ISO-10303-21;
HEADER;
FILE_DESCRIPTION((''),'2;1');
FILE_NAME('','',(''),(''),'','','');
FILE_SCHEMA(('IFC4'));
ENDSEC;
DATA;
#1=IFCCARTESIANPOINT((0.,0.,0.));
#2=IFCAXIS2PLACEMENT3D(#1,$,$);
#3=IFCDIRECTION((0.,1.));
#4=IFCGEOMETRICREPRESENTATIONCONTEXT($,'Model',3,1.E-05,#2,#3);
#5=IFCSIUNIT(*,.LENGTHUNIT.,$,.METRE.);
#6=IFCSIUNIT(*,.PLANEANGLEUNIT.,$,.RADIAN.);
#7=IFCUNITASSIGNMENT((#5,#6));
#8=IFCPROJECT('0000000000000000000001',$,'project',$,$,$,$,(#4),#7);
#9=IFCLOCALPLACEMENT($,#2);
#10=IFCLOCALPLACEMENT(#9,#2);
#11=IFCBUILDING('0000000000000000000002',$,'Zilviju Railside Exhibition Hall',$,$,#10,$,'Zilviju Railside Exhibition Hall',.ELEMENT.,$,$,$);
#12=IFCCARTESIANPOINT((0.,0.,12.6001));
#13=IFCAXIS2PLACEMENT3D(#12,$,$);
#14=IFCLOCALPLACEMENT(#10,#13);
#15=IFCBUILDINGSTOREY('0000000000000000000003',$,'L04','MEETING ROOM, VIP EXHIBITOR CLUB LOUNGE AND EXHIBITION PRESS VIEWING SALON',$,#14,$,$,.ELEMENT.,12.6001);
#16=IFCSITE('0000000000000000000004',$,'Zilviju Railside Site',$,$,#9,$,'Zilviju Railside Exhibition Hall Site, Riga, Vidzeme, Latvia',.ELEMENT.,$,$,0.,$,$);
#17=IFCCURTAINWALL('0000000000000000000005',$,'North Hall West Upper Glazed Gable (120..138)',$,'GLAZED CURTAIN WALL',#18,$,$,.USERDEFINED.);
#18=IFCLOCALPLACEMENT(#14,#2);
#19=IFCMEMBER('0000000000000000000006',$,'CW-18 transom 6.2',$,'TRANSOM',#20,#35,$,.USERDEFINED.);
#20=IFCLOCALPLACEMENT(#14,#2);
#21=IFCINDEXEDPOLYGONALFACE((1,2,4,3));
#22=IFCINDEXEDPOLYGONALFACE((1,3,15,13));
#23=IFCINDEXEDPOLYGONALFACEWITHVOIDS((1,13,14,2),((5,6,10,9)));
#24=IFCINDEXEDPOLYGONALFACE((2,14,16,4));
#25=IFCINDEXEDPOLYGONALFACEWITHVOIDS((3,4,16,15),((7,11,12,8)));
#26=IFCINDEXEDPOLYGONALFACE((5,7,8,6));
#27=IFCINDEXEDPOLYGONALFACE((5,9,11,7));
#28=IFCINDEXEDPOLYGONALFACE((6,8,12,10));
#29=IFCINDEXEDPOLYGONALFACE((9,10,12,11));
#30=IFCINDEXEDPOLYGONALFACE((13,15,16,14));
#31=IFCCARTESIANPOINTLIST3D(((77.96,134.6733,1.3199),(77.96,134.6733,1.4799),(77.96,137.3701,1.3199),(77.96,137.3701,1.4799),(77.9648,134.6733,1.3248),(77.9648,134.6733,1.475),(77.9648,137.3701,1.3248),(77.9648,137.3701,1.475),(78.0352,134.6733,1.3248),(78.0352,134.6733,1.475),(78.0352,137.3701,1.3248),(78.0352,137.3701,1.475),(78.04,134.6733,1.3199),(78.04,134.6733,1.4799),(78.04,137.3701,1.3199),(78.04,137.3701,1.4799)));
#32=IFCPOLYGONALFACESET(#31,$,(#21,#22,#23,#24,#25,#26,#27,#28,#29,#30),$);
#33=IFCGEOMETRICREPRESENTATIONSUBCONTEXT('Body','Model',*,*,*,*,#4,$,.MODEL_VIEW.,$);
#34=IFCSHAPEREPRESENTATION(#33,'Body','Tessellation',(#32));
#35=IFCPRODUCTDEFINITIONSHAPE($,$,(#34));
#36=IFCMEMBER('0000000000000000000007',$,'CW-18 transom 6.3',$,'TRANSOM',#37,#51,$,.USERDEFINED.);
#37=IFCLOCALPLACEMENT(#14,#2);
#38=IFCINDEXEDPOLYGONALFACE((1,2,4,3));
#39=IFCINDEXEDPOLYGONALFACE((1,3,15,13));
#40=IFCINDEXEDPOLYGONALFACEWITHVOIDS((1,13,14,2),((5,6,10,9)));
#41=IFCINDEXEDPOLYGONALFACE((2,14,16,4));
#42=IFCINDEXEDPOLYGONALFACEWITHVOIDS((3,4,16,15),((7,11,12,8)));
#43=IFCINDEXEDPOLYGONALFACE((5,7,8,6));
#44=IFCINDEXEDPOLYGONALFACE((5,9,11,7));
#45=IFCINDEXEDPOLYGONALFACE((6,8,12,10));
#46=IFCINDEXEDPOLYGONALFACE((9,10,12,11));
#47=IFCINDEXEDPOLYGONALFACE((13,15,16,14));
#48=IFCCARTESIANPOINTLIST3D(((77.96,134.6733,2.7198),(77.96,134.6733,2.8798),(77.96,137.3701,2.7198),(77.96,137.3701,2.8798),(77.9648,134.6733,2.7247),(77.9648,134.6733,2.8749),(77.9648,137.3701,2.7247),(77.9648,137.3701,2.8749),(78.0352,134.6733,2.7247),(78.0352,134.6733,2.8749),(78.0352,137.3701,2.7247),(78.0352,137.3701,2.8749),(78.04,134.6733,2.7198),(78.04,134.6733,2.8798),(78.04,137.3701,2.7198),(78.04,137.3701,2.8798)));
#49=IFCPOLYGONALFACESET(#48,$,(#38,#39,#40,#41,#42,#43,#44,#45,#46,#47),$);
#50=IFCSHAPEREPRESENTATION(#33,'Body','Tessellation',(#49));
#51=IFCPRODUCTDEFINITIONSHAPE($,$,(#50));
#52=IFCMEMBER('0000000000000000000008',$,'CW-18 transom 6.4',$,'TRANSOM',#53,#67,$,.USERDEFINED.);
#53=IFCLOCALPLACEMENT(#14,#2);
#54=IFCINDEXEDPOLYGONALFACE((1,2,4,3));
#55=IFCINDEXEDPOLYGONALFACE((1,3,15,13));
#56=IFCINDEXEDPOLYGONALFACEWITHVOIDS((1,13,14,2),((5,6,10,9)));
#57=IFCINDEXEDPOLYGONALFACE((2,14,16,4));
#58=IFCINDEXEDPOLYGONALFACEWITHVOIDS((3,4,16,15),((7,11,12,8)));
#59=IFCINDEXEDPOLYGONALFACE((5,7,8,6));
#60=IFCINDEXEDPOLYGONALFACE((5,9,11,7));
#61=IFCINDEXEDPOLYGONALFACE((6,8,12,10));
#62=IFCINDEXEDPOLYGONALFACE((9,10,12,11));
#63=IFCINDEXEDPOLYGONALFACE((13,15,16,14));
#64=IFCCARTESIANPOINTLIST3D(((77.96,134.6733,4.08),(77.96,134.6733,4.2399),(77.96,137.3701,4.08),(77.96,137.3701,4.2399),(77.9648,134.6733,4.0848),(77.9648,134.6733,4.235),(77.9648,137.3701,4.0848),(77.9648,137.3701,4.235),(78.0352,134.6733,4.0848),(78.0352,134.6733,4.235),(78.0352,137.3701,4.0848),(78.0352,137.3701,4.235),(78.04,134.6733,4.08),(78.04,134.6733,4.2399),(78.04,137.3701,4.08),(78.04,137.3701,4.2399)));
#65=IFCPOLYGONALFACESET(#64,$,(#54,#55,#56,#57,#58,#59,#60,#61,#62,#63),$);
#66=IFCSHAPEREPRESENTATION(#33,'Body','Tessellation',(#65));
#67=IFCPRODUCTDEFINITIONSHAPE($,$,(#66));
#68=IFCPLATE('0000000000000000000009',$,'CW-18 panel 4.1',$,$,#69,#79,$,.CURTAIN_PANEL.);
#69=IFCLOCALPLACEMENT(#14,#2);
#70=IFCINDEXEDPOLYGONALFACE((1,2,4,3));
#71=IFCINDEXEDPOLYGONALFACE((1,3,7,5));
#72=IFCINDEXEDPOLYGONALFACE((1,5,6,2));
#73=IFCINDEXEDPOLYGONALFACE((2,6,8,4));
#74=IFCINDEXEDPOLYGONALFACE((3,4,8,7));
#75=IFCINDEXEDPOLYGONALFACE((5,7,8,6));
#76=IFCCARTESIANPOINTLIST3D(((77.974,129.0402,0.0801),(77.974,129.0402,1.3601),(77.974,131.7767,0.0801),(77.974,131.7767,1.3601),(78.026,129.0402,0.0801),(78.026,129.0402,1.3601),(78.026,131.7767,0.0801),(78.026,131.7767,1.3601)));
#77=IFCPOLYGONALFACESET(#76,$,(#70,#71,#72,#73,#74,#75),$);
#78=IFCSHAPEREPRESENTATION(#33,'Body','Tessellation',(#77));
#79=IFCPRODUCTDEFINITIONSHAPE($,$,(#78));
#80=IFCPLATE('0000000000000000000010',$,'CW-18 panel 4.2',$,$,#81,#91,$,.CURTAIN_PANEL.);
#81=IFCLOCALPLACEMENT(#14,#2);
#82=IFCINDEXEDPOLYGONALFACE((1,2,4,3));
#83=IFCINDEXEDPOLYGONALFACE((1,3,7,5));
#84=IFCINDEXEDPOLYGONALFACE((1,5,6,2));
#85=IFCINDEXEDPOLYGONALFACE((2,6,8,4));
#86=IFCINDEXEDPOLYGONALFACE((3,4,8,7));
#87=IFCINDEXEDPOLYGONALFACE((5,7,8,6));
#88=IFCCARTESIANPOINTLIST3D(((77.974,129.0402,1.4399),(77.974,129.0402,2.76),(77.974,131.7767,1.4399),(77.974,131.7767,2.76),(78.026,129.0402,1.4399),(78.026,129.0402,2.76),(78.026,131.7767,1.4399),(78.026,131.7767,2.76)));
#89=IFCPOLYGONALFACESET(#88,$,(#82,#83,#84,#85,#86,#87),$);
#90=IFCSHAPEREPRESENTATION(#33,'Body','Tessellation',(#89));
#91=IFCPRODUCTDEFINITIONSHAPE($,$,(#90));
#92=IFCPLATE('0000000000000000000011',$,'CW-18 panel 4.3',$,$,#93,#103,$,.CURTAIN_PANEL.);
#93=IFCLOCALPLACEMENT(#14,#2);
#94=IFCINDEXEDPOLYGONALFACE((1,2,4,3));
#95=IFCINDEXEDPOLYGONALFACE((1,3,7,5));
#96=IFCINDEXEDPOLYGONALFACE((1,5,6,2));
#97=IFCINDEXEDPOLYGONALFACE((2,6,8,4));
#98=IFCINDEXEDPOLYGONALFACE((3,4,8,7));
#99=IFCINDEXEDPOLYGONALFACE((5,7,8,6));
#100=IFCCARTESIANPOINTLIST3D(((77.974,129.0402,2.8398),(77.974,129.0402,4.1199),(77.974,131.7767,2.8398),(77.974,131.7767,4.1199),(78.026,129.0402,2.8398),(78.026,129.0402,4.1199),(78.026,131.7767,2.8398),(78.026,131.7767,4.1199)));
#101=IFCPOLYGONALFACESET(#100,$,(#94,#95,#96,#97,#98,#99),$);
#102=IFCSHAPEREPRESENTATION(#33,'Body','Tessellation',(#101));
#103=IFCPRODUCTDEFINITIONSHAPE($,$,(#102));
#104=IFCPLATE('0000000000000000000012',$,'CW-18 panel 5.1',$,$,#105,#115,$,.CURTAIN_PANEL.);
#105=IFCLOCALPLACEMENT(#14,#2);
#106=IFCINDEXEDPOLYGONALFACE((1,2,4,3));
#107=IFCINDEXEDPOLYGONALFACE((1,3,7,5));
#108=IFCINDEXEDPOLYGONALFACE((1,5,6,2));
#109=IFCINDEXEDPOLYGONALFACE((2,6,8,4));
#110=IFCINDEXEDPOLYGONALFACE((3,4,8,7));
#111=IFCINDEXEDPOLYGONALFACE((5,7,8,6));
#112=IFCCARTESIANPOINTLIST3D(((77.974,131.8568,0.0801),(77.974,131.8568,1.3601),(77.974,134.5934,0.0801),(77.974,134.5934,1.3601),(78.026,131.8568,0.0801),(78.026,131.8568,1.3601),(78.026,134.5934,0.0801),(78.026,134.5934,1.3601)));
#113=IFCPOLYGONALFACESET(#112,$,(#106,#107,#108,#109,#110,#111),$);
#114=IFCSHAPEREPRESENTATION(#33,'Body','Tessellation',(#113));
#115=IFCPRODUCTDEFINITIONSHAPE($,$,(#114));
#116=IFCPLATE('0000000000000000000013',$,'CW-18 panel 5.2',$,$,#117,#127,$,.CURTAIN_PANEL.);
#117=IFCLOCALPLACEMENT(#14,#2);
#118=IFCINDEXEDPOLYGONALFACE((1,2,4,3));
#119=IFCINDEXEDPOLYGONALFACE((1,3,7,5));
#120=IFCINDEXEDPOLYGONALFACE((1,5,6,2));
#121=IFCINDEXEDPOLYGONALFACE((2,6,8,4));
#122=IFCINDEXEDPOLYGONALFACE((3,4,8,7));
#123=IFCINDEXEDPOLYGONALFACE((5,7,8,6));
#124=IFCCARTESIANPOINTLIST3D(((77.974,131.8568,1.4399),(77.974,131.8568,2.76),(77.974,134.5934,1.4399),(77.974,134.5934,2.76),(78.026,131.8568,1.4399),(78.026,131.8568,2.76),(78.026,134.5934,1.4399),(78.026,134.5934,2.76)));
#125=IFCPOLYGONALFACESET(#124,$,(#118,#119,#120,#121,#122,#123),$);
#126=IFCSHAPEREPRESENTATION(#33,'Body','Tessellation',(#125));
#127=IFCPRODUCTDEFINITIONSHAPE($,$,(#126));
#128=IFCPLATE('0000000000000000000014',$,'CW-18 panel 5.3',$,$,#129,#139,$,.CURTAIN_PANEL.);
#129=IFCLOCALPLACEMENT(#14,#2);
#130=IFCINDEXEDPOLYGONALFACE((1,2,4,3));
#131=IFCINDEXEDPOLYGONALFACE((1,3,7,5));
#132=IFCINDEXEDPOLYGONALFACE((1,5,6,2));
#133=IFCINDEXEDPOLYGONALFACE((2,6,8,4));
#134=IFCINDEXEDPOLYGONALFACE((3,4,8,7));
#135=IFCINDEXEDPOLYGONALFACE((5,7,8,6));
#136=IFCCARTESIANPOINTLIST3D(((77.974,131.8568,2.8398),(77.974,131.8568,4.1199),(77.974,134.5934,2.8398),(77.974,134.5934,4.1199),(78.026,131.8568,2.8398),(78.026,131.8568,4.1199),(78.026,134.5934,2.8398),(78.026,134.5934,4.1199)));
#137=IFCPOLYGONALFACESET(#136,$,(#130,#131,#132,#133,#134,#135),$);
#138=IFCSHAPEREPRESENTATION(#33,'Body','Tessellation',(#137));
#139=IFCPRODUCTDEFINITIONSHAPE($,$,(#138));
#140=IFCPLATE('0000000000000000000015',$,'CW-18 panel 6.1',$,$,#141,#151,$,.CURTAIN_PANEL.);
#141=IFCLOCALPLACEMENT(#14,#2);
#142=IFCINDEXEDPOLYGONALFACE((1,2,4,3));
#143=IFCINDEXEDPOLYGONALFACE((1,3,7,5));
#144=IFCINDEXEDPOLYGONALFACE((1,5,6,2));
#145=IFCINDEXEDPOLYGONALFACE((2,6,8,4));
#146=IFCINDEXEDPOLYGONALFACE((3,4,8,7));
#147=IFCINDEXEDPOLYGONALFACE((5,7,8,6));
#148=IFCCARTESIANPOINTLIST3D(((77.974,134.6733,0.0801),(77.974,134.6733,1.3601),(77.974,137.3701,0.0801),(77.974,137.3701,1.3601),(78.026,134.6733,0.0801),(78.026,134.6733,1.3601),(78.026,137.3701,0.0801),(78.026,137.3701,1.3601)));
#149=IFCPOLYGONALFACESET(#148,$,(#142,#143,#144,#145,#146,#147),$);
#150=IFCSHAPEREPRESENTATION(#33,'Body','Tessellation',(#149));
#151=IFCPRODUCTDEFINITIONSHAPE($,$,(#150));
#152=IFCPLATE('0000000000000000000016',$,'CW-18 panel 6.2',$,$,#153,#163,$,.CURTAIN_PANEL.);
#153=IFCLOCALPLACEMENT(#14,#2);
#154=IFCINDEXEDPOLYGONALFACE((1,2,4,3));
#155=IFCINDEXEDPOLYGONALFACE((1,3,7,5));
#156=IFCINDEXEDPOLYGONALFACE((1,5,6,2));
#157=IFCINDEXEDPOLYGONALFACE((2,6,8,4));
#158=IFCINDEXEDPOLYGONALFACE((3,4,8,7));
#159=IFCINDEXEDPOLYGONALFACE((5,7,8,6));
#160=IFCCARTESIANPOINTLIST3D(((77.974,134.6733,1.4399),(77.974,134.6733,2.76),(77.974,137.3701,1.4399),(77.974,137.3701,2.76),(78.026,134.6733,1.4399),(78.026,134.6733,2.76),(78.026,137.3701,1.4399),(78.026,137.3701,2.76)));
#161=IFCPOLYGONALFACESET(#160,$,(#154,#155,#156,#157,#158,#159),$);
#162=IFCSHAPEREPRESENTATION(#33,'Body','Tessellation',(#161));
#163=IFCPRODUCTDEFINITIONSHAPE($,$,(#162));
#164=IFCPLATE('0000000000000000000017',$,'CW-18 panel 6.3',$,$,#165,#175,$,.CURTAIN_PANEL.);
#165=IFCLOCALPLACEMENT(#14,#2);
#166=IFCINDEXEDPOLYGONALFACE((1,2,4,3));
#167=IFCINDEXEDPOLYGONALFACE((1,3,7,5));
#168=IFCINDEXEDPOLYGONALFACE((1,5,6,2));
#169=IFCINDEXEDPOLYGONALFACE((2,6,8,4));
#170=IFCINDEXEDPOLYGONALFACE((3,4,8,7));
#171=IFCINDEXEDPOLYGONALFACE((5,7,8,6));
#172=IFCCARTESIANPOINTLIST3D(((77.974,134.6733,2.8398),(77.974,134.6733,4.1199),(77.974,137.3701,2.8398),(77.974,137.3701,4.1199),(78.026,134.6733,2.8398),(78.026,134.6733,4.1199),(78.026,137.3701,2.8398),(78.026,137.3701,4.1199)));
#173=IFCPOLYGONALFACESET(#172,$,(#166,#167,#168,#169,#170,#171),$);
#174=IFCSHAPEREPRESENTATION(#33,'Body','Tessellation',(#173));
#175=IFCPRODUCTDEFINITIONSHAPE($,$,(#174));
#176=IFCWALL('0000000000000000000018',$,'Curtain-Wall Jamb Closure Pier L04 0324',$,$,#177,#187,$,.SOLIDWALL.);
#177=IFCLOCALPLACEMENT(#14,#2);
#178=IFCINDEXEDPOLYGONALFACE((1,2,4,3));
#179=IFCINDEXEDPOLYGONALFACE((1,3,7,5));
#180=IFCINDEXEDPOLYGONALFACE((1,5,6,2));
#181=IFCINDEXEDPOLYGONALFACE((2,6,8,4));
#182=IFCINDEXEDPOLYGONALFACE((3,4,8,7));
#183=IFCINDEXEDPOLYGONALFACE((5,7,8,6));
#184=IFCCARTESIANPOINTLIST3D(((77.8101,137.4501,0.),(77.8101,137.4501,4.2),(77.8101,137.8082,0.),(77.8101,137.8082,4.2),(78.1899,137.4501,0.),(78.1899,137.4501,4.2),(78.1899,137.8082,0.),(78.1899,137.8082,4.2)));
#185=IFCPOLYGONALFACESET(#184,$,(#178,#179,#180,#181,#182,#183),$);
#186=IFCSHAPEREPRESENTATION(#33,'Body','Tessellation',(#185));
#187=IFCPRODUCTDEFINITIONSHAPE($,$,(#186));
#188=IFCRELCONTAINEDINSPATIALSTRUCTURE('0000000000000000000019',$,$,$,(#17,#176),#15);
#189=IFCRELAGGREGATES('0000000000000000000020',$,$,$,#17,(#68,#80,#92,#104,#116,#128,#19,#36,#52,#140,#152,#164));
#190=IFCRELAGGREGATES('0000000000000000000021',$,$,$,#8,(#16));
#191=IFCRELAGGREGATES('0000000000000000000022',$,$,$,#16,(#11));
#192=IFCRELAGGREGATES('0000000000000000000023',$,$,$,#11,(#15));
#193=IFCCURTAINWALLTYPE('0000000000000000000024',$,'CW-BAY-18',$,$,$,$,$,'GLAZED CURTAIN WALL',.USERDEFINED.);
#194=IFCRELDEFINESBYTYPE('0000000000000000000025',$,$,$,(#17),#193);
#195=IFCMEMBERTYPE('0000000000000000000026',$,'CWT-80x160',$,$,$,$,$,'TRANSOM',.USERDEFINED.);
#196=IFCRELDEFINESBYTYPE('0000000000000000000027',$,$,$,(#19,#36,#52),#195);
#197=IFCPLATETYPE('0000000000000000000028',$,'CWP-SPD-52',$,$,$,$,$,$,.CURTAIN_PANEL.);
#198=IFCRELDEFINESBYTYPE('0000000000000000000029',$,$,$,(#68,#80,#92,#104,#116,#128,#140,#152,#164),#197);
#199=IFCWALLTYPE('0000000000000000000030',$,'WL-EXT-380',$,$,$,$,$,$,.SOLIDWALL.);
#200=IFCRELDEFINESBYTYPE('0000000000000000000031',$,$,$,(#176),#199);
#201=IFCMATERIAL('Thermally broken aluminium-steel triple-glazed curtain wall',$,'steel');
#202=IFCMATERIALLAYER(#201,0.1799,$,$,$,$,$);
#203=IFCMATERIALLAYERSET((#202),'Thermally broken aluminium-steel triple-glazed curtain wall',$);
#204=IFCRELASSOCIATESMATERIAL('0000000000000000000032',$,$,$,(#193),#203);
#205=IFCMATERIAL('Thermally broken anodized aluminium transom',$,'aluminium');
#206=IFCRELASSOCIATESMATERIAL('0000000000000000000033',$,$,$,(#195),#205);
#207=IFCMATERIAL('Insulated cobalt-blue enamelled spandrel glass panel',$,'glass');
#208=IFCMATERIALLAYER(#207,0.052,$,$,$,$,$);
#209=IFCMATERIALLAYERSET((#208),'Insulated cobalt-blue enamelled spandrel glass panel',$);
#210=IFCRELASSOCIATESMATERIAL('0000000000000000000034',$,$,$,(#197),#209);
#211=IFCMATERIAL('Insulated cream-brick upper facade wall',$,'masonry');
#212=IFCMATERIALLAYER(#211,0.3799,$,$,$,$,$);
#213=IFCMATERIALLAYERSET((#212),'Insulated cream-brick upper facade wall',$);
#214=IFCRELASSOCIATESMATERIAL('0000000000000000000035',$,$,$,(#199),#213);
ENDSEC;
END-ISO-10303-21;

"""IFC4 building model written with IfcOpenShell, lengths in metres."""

from ifc_helpers import new_model, si_unit, direction, frame, frame_2d, origin, origin_2d, place, context, subcontext, project, spatial, rectangle, hollow_rectangle, extrude, material, layer, layer_set, material_profile, profile_set, type_object, element, aggregate, save


model = new_model("IFC4")

# Units and contexts
model_context = context("Model", 3, precision=1e-05, world=origin(), true_north=direction((0.0, 1.0)))
body_context = subcontext(model_context, "Body", "Model", "MODEL_VIEW")
ifc_project = project(units=[si_unit("LENGTHUNIT", "METRE"), si_unit("PLANEANGLEUNIT", "RADIAN")], contexts=[model_context])

# Site, building, storey
site_placement = place(None, origin())
site = spatial("IfcSite", under=ifc_project, at=site_placement, Name="Zilviju Railside Site", LongName="Zilviju Railside Exhibition Hall Site, Riga, Vidzeme, Latvia", CompositionType="ELEMENT", RefElevation=0.0)
building_placement = place(site_placement, origin())
building = spatial("IfcBuilding", under=site, at=building_placement, Name="Zilviju Railside Exhibition Hall", LongName="Zilviju Railside Exhibition Hall", CompositionType="ELEMENT")
storey_placement = place(building_placement, frame((0.0, 0.0, 12.6001)))
storey = spatial("IfcBuildingStorey", under=building, at=storey_placement, Name="L04", Description="MEETING ROOM, VIP EXHIBITOR CLUB LOUNGE AND EXHIBITION PRESS VIEWING SALON", CompositionType="ELEMENT", Elevation=12.6001)

# Curtain wall, members, plates
ifc_material_1 = material(Name="Thermally broken aluminium-steel triple-glazed curtain wall", Category="steel")
ifc_layer_1 = layer(ifc_material_1, 0.1799)
ifc_layer_set_1 = layer_set([ifc_layer_1], Name="Thermally broken aluminium-steel triple-glazed curtain wall")
curtain_wall_type = type_object("IfcCurtainWallType", Name="CW-BAY-18", ElementType="GLAZED CURTAIN WALL", PredefinedType="USERDEFINED", material=ifc_layer_set_1)
curtain_wall_placement = place(storey_placement, origin())
curtain_wall = element("IfcCurtainWall", 1, at=curtain_wall_placement, inside=storey, type_object=curtain_wall_type, Name="North Hall West Upper Glazed Gable (120..138)", ObjectType="GLAZED CURTAIN WALL", PredefinedType="USERDEFINED")
ifc_material_2 = material(Name="Thermally broken anodized aluminium transom", Category="aluminium")
ifc_material_profile_1 = material_profile(ifc_material_2, hollow_rectangle(XDim=0.0801, YDim=0.1599, WallThickness=0.0049, at=origin_2d()), Name="TRANSOM 160x80x5")
ifc_profile_set_1 = profile_set([ifc_material_profile_1], Name="Thermally broken anodized aluminium transom")
member_type_1 = type_object("IfcMemberType", Name="CWT-80x160", ElementType="TRANSOM", PredefinedType="USERDEFINED", material=ifc_profile_set_1)
member_1_placement = place(storey_placement, frame((78.0, 134.6733, 1.3999), z_axis=(0.0, 1.0, 0.0), x_axis=(-1.0, 0.0, 0.0)))
member_1 = element("IfcMember", 2, at=member_1_placement, type_object=member_type_1, Name="CW-18 transom 6.2", ObjectType="TRANSOM", PredefinedType="USERDEFINED", context=body_context, shape_type="SweptSolid", body=[
    extrude(hollow_rectangle(XDim=0.0801, YDim=0.1599, WallThickness=0.0049, at=origin_2d()), origin(), (0.0, 0.0, 1.0), 2.6968),
])
member_2_placement = place(storey_placement, frame((78.0, 134.6733, 2.7998), z_axis=(0.0, 1.0, 0.0), x_axis=(-1.0, 0.0, 0.0)))
member_2 = element("IfcMember", 3, at=member_2_placement, type_object=member_type_1, Name="CW-18 transom 6.3", ObjectType="TRANSOM", PredefinedType="USERDEFINED", context=body_context, shape_type="SweptSolid", body=[
    extrude(hollow_rectangle(XDim=0.0801, YDim=0.1599, WallThickness=0.0049, at=origin_2d()), origin(), (0.0, 0.0, 1.0), 2.6968),
])
member_3_placement = place(storey_placement, frame((78.0, 134.6733, 4.1599), z_axis=(0.0, 1.0, 0.0), x_axis=(-1.0, 0.0, 0.0)))
member_3 = element("IfcMember", 4, at=member_3_placement, type_object=member_type_1, Name="CW-18 transom 6.4", ObjectType="TRANSOM", PredefinedType="USERDEFINED", context=body_context, shape_type="SweptSolid", body=[
    extrude(hollow_rectangle(XDim=0.0801, YDim=0.1599, WallThickness=0.0049, at=origin_2d()), origin(), (0.0, 0.0, 1.0), 2.6968),
])
ifc_material_3 = material(Name="Insulated cobalt-blue enamelled spandrel glass panel", Category="glass")
ifc_layer_2 = layer(ifc_material_3, 0.052)
ifc_layer_set_2 = layer_set([ifc_layer_2], Name="Insulated cobalt-blue enamelled spandrel glass panel")
plate_type = type_object("IfcPlateType", Name="CWP-SPD-52", PredefinedType="CURTAIN_PANEL", material=ifc_layer_set_2)
plate_1_placement = place(storey_placement, frame((78.0, 130.4084, 0.0801), z_axis=(0.0, 0.0, 1.0), x_axis=(0.0, 1.0, 0.0)))
plate_1 = element("IfcPlate", 5, at=plate_1_placement, type_object=plate_type, Name="CW-18 panel 4.1", PredefinedType="CURTAIN_PANEL", context=body_context, shape_type="SweptSolid", body=[
    extrude(rectangle(XDim=2.7366, YDim=0.052, at=origin_2d()), origin(), (0.0, 0.0, 1.0), 1.28),
])
plate_2_placement = place(storey_placement, frame((78.0, 130.4084, 1.4399), z_axis=(0.0, 0.0, 1.0), x_axis=(0.0, 1.0, 0.0)))
plate_2 = element("IfcPlate", 6, at=plate_2_placement, type_object=plate_type, Name="CW-18 panel 4.2", PredefinedType="CURTAIN_PANEL", context=body_context, shape_type="SweptSolid", body=[
    extrude(rectangle(XDim=2.7366, YDim=0.052, at=origin_2d()), origin(), (0.0, 0.0, 1.0), 1.3201),
])
plate_3_placement = place(storey_placement, frame((78.0, 130.4084, 2.8398), z_axis=(0.0, 0.0, 1.0), x_axis=(0.0, 1.0, 0.0)))
plate_3 = element("IfcPlate", 7, at=plate_3_placement, type_object=plate_type, Name="CW-18 panel 4.3", PredefinedType="CURTAIN_PANEL", context=body_context, shape_type="SweptSolid", body=[
    extrude(rectangle(XDim=2.7366, YDim=0.052, at=origin_2d()), origin(), (0.0, 0.0, 1.0), 1.28),
])
plate_4_placement = place(storey_placement, frame((78.0, 133.2251, 0.0801), z_axis=(0.0, 0.0, 1.0), x_axis=(0.0, 1.0, 0.0)))
plate_4 = element("IfcPlate", 8, at=plate_4_placement, type_object=plate_type, Name="CW-18 panel 5.1", PredefinedType="CURTAIN_PANEL", context=body_context, shape_type="SweptSolid", body=[
    extrude(rectangle(XDim=2.7366, YDim=0.052, at=origin_2d()), origin(), (0.0, 0.0, 1.0), 1.28),
])
plate_5_placement = place(storey_placement, frame((78.0, 133.2251, 1.4399), z_axis=(0.0, 0.0, 1.0), x_axis=(0.0, 1.0, 0.0)))
plate_5 = element("IfcPlate", 9, at=plate_5_placement, type_object=plate_type, Name="CW-18 panel 5.2", PredefinedType="CURTAIN_PANEL", context=body_context, shape_type="SweptSolid", body=[
    extrude(rectangle(XDim=2.7366, YDim=0.052, at=origin_2d()), origin(), (0.0, 0.0, 1.0), 1.3201),
])
plate_6_placement = place(storey_placement, frame((78.0, 133.2251, 2.8398), z_axis=(0.0, 0.0, 1.0), x_axis=(0.0, 1.0, 0.0)))
plate_6 = element("IfcPlate", 10, at=plate_6_placement, type_object=plate_type, Name="CW-18 panel 5.3", PredefinedType="CURTAIN_PANEL", context=body_context, shape_type="SweptSolid", body=[
    extrude(rectangle(XDim=2.7366, YDim=0.052, at=origin_2d()), origin(), (0.0, 0.0, 1.0), 1.28),
])
plate_7_placement = place(storey_placement, frame((78.0, 136.0217, 0.0801), z_axis=(0.0, 0.0, 1.0), x_axis=(0.0, 1.0, 0.0)))
plate_7 = element("IfcPlate", 11, at=plate_7_placement, type_object=plate_type, Name="CW-18 panel 6.1", PredefinedType="CURTAIN_PANEL", context=body_context, shape_type="SweptSolid", body=[
    extrude(rectangle(XDim=2.6968, YDim=0.052, at=origin_2d()), origin(), (0.0, 0.0, 1.0), 1.28),
])
plate_8_placement = place(storey_placement, frame((78.0, 136.0217, 1.4399), z_axis=(0.0, 0.0, 1.0), x_axis=(0.0, 1.0, 0.0)))
plate_8 = element("IfcPlate", 12, at=plate_8_placement, type_object=plate_type, Name="CW-18 panel 6.2", PredefinedType="CURTAIN_PANEL", context=body_context, shape_type="SweptSolid", body=[
    extrude(rectangle(XDim=2.6968, YDim=0.052, at=origin_2d()), origin(), (0.0, 0.0, 1.0), 1.3201),
])
plate_9_placement = place(storey_placement, frame((78.0, 136.0217, 2.8398), z_axis=(0.0, 0.0, 1.0), x_axis=(0.0, 1.0, 0.0)))
plate_9 = element("IfcPlate", 13, at=plate_9_placement, type_object=plate_type, Name="CW-18 panel 6.3", PredefinedType="CURTAIN_PANEL", context=body_context, shape_type="SweptSolid", body=[
    extrude(rectangle(XDim=2.6968, YDim=0.052, at=origin_2d()), origin(), (0.0, 0.0, 1.0), 1.28),
])
aggregate(curtain_wall, [plate_1, plate_2, plate_3, plate_4, plate_5, plate_6, member_1, member_2, member_3, plate_7, plate_8, plate_9])

# Wall
ifc_material_4 = material(Name="Insulated cream-brick upper facade wall", Category="masonry")
ifc_layer_3 = layer(ifc_material_4, 0.3799)
ifc_layer_set_3 = layer_set([ifc_layer_3], Name="Insulated cream-brick upper facade wall")
wall_type = type_object("IfcWallType", Name="WL-EXT-380", PredefinedType="SOLIDWALL", material=ifc_layer_set_3)
wall_placement = place(storey_placement, frame((78.0, 137.45, 0.0), z_axis=(0.0, 0.0, 1.0), x_axis=(0.0, 1.0, 0.0)))
element("IfcWall", 14, at=wall_placement, inside=storey, type_object=wall_type, Name="Curtain-Wall Jamb Closure Pier L04 0324", PredefinedType="SOLIDWALL", context=body_context, shape_type="SweptSolid", body=[
    extrude(rectangle(XDim=0.3582, YDim=0.3799, at=frame_2d((0.1792, 0.0))), origin(), (0.0, 0.0, 1.0), 4.2),
])

save(model, "model.ifc")
